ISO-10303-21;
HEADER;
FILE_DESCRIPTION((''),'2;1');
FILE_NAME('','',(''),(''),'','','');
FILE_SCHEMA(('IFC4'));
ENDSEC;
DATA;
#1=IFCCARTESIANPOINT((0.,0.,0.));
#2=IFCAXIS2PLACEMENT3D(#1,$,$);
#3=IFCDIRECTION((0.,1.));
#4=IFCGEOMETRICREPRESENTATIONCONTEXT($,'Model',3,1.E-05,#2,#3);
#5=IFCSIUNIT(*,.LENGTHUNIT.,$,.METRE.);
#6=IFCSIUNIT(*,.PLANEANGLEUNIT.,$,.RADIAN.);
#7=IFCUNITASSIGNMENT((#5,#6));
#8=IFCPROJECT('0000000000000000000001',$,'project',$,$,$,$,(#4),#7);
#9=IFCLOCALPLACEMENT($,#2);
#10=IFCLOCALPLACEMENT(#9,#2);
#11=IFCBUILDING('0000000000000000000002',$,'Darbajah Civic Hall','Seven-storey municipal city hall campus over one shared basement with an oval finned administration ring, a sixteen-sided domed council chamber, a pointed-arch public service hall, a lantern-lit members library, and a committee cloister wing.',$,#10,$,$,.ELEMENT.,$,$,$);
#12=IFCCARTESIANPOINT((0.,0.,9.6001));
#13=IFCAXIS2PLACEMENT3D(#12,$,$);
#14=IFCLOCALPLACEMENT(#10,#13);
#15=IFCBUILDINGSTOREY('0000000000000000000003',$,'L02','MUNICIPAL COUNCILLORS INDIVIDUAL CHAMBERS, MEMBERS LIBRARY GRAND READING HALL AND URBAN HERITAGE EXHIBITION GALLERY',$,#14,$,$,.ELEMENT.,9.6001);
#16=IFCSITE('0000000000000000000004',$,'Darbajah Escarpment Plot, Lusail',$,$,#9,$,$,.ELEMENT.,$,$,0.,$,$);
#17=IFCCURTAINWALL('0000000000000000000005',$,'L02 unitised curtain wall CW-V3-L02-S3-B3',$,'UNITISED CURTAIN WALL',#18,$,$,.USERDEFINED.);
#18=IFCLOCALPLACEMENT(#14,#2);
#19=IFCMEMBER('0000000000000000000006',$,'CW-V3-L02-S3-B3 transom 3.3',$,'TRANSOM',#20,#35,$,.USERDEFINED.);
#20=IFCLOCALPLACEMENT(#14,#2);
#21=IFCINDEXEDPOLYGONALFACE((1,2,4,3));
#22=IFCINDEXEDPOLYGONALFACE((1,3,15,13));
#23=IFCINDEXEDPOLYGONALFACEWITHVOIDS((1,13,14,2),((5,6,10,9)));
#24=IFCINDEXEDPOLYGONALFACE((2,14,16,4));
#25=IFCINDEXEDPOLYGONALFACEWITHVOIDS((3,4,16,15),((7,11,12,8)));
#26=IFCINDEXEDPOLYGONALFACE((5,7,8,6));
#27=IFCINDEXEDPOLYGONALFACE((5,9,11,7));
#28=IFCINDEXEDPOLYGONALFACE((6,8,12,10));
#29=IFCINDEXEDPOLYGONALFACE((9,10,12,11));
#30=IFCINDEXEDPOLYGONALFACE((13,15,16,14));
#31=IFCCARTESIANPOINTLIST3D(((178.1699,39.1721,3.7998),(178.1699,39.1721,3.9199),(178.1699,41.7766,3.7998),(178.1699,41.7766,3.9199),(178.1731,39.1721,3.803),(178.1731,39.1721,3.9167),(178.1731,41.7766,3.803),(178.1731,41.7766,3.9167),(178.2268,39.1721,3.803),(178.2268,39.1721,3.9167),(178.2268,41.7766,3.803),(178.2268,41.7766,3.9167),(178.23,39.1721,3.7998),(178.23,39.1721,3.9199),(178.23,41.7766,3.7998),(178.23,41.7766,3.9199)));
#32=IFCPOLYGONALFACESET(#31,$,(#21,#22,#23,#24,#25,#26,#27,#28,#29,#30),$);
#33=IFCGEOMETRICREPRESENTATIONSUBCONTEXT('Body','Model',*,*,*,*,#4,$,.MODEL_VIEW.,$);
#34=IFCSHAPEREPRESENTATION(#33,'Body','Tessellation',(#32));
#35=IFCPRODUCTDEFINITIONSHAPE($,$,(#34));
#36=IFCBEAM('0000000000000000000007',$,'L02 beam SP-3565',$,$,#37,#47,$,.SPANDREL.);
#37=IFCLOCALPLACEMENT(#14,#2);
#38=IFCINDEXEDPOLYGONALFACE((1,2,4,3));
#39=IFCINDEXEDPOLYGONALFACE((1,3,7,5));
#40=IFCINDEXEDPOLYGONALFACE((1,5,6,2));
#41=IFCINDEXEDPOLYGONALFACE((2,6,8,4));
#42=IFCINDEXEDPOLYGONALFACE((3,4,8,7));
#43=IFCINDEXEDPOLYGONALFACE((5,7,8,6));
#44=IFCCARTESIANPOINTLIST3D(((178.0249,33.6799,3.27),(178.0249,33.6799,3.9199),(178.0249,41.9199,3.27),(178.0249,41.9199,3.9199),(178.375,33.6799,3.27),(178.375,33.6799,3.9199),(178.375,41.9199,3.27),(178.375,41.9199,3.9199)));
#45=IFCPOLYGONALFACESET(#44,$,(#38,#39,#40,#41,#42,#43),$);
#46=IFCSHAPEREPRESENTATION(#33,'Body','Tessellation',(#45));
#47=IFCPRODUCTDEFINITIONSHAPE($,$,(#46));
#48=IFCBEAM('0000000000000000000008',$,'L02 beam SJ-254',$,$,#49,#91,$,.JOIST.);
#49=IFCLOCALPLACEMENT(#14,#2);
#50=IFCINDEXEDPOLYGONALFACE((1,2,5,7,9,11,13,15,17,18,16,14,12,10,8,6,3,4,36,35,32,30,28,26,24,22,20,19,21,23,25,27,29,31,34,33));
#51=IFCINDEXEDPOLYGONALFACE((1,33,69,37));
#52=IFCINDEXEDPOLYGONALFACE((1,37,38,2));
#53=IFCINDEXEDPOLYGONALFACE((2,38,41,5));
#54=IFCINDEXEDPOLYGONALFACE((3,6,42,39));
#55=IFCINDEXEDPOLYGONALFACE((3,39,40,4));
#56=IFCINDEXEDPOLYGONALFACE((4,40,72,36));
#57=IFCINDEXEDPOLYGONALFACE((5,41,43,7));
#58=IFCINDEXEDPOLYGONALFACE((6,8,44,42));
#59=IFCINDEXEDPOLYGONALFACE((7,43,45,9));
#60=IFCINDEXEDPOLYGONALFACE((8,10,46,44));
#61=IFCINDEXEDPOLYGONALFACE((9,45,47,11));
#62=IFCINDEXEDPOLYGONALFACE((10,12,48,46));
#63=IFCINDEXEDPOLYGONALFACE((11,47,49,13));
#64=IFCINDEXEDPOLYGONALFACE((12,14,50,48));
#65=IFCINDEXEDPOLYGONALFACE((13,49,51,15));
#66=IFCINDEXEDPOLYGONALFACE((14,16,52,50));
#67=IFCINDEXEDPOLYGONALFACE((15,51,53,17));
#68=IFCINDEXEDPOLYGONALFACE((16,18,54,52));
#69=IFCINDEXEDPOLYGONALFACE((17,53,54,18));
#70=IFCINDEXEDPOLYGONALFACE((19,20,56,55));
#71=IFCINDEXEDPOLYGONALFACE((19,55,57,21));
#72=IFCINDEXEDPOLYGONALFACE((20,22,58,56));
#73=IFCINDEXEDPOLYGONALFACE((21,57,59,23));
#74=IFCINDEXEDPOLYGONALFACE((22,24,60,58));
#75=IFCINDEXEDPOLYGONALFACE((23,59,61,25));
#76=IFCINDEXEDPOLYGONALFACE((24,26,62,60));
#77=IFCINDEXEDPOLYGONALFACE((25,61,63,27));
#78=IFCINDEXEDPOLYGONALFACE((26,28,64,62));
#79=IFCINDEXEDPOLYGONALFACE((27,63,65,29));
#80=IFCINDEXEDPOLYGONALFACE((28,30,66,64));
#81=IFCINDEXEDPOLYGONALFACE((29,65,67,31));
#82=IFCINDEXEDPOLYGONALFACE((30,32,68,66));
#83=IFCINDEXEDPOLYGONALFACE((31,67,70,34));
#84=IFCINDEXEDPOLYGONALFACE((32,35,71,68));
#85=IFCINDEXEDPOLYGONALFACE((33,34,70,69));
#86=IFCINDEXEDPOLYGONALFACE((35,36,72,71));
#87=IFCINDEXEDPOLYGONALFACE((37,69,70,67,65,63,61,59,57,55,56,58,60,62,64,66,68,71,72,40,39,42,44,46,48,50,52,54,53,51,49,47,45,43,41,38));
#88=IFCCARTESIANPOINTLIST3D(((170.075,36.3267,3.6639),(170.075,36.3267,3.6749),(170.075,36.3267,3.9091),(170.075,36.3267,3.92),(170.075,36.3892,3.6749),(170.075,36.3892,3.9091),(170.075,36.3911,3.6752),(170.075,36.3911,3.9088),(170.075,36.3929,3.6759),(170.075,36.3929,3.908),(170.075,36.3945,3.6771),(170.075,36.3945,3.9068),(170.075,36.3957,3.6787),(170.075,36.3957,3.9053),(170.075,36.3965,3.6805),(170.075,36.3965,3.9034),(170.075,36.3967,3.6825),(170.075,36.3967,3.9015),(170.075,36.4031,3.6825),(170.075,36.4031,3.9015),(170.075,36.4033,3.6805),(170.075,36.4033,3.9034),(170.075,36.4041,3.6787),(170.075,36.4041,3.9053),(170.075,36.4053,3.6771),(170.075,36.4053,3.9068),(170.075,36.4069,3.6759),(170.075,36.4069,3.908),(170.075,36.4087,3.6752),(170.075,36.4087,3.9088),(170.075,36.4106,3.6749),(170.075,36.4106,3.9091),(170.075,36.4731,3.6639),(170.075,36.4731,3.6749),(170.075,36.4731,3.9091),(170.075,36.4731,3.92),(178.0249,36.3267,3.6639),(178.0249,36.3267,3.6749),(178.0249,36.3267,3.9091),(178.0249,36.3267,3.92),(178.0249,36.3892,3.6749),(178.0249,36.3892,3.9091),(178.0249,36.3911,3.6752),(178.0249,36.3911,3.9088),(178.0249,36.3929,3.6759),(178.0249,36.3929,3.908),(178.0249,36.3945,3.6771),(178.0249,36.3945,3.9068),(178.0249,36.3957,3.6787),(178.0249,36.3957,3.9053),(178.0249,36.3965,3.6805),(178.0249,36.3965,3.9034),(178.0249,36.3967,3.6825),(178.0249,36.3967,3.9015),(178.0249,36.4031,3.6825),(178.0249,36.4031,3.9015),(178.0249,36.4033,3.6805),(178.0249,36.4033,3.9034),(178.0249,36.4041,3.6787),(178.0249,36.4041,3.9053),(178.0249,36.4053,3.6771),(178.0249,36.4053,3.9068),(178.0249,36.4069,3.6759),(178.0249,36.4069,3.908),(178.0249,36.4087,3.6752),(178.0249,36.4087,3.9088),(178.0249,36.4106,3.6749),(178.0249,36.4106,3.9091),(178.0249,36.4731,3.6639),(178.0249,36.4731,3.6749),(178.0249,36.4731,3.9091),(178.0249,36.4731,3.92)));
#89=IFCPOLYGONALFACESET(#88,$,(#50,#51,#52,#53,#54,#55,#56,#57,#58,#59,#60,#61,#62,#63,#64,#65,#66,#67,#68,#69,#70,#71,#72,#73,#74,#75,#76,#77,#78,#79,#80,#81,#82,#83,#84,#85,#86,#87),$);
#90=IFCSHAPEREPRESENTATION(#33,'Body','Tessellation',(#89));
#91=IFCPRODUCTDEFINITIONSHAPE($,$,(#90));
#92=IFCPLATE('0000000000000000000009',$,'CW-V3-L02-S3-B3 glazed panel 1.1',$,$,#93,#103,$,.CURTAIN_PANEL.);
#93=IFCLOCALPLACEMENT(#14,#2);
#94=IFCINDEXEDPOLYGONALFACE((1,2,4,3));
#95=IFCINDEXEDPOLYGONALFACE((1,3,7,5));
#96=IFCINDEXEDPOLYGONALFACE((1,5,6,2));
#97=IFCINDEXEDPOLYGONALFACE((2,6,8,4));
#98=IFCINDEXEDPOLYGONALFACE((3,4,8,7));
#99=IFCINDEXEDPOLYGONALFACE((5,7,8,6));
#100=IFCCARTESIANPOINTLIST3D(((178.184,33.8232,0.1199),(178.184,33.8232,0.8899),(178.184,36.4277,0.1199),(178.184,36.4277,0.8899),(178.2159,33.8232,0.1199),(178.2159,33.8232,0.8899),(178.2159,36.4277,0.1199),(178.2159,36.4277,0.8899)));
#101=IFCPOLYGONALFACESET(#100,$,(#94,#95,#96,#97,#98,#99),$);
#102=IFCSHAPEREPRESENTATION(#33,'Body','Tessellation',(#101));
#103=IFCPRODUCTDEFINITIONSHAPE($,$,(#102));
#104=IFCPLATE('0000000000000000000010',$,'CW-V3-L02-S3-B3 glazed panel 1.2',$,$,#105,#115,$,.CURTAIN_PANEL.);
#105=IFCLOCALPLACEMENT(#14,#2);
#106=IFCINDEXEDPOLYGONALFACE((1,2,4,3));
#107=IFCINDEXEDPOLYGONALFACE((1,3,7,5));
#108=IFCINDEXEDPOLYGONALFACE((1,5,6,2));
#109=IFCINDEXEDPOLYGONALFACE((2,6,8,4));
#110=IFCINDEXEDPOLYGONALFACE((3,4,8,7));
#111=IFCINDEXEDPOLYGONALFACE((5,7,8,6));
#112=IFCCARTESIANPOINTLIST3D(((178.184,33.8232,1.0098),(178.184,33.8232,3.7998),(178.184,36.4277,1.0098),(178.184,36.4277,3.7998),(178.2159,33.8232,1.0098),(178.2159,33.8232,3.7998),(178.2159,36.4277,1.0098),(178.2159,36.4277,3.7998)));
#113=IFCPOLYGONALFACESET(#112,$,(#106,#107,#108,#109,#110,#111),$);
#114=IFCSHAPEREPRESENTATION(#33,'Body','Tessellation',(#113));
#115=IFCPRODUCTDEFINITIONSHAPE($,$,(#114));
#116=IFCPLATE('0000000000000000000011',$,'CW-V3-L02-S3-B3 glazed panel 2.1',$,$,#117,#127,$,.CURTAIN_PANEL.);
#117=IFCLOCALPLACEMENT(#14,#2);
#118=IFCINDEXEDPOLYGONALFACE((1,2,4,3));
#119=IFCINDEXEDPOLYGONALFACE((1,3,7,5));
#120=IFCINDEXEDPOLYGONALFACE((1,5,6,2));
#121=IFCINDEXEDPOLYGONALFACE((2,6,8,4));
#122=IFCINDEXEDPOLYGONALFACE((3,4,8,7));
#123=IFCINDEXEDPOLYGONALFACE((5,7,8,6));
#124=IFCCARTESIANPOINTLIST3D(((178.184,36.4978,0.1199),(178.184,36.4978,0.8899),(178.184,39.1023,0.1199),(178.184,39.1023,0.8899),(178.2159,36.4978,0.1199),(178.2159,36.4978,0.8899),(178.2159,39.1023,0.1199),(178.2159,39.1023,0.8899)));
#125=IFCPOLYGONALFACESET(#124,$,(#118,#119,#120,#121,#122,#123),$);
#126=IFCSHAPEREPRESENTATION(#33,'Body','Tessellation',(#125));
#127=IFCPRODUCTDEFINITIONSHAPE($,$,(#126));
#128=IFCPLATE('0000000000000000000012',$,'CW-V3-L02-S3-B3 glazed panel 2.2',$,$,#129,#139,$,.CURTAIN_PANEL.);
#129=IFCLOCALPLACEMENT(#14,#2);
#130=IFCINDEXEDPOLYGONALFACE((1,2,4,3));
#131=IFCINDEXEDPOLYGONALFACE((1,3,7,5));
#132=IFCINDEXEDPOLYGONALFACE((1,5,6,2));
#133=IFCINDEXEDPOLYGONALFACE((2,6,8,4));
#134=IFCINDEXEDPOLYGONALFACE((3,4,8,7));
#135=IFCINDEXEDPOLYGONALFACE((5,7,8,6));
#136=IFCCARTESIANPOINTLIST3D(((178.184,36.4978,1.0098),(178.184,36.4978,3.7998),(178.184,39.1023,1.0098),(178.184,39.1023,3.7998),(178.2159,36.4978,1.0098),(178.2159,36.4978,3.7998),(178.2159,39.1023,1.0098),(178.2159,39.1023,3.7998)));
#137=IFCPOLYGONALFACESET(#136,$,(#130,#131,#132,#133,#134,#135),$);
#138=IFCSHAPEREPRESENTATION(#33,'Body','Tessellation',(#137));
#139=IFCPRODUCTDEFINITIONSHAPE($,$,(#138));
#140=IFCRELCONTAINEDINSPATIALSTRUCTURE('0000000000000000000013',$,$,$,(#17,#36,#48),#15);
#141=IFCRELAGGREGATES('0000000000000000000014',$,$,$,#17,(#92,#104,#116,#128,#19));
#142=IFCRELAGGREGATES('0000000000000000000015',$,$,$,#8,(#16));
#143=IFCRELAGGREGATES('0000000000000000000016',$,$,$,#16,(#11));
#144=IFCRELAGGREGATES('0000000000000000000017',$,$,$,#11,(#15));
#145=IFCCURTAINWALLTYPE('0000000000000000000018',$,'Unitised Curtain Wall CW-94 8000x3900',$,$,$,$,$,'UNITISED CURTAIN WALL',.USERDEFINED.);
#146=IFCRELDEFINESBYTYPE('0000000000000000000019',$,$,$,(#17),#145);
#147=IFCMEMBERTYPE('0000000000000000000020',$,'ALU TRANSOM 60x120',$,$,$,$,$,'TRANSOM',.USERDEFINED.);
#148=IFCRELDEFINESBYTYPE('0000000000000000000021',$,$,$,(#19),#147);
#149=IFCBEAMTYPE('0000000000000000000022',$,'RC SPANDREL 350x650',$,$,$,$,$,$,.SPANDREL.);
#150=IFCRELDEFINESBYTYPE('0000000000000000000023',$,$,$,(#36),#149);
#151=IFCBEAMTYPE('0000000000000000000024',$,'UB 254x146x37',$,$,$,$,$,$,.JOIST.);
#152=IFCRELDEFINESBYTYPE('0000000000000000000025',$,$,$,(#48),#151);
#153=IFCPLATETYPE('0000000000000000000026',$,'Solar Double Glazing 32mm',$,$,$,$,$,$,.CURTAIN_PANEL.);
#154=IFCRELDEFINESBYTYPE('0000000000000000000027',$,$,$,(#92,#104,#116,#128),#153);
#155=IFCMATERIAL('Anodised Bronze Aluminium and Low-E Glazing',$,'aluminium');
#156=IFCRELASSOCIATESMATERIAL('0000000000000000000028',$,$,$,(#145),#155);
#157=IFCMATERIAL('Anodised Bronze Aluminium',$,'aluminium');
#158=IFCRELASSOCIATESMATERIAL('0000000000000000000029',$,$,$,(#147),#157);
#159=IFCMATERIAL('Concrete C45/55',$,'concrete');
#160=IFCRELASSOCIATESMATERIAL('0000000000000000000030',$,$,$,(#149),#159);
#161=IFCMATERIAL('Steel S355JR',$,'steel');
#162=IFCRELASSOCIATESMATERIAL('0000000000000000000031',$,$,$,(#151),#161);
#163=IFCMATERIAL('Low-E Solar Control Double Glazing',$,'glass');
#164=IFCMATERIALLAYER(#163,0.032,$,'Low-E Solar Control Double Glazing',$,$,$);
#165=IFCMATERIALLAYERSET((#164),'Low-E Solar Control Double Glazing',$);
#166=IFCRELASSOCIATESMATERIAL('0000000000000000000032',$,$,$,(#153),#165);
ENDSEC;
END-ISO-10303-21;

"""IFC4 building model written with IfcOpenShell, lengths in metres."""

from ifc_helpers import new_model, si_unit, direction, frame, origin, origin_2d, place, context, subcontext, project, spatial, rectangle, hollow_rectangle, i_section, extrude, material, layer, layer_set, material_profile, profile_set, type_object, element, aggregate, save


model = new_model("IFC4")

# Units and contexts
model_context = context("Model", 3, precision=1e-05, world=origin(), true_north=direction((0.0, 1.0)))
body_context = subcontext(model_context, "Body", "Model", "MODEL_VIEW")
ifc_project = project(units=[si_unit("LENGTHUNIT", "METRE"), si_unit("PLANEANGLEUNIT", "RADIAN")], contexts=[model_context])

# Site, building, storey
site_placement = place(None, origin())
site = spatial("IfcSite", under=ifc_project, at=site_placement, Name="Darbajah Escarpment Plot, Lusail", CompositionType="ELEMENT", RefElevation=0.0)
building_placement = place(site_placement, origin())
building = spatial("IfcBuilding", under=site, at=building_placement, Name="Darbajah Civic Hall", Description="Seven-storey municipal city hall campus over one shared basement with an oval finned administration ring, a sixteen-sided domed council chamber, a pointed-arch public service hall, a lantern-lit members library, and a committee cloister wing.", CompositionType="ELEMENT")
storey_placement = place(building_placement, frame((0.0, 0.0, 9.6001)))
storey = spatial("IfcBuildingStorey", under=building, at=storey_placement, Name="L02", Description="MUNICIPAL COUNCILLORS INDIVIDUAL CHAMBERS, MEMBERS LIBRARY GRAND READING HALL AND URBAN HERITAGE EXHIBITION GALLERY", CompositionType="ELEMENT", Elevation=9.6001)

# Curtain wall, member
ifc_material_1 = material(Name="Anodised Bronze Aluminium and Low-E Glazing", Category="aluminium")
curtain_wall_type = type_object("IfcCurtainWallType", Name="Unitised Curtain Wall CW-94 8000x3900", ElementType="UNITISED CURTAIN WALL", PredefinedType="USERDEFINED", material=ifc_material_1)
curtain_wall_placement = place(storey_placement, origin())
curtain_wall = element("IfcCurtainWall", 1, at=curtain_wall_placement, inside=storey, type_object=curtain_wall_type, Name="L02 unitised curtain wall CW-V3-L02-S3-B3", ObjectType="UNITISED CURTAIN WALL", PredefinedType="USERDEFINED")
ifc_material_2 = material(Name="Anodised Bronze Aluminium", Category="aluminium")
ifc_material_profile_1 = material_profile(ifc_material_2, hollow_rectangle(XDim=0.0601, YDim=0.1201, WallThickness=0.0032, at=origin_2d()), Name="ALU TRANSOM 60x120")
ifc_profile_set_1 = profile_set([ifc_material_profile_1], Name="Anodised Bronze Aluminium")
member_type_1 = type_object("IfcMemberType", Name="ALU TRANSOM 60x120", ElementType="TRANSOM", PredefinedType="USERDEFINED", material=ifc_profile_set_1)
member_1_placement = place(storey_placement, frame((178.2, 39.1721, 3.8599), z_axis=(0.0, 1.0, 0.0), x_axis=(-1.0, 0.0, 0.0)))
member_1 = element("IfcMember", 2, at=member_1_placement, type_object=member_type_1, Name="CW-V3-L02-S3-B3 transom 3.3", ObjectType="TRANSOM", PredefinedType="USERDEFINED", context=body_context, shape_type="SweptSolid", body=[
    extrude(hollow_rectangle(XDim=0.0601, YDim=0.1201, WallThickness=0.0032, at=origin_2d()), origin(), (0.0, 0.0, 1.0), 2.6045),
])

# Beams
ifc_material_3 = material(Name="Concrete C45/55", Category="concrete")
ifc_material_profile_2 = material_profile(ifc_material_3, rectangle(XDim=0.3501, YDim=0.6499, at=origin_2d()), Name="RC SPANDREL 350x650")
ifc_profile_set_2 = profile_set([ifc_material_profile_2], Name="Concrete C45/55")
beam_type_1 = type_object("IfcBeamType", Name="RC SPANDREL 350x650", PredefinedType="SPANDREL", material=ifc_profile_set_2)
beam_1_placement = place(storey_placement, frame((178.2, 33.6799, 3.595), z_axis=(0.0, 1.0, 0.0), x_axis=(-1.0, 0.0, 0.0)))
element("IfcBeam", 3, at=beam_1_placement, inside=storey, type_object=beam_type_1, Name="L02 beam SP-3565", PredefinedType="SPANDREL", context=body_context, shape_type="SweptSolid", body=[
    extrude(rectangle(XDim=0.3501, YDim=0.6499, at=origin_2d()), origin(), (0.0, 0.0, 1.0), 8.24),
])
ifc_material_4 = material(Name="Steel S355JR", Category="steel")
ifc_material_profile_3 = material_profile(ifc_material_4, i_section(OverallWidth=0.1465, OverallDepth=0.2561, WebThickness=0.0063, FlangeThickness=0.011, FilletRadius=0.0076, at=origin_2d()), Name="UB 254x146x37")
ifc_profile_set_3 = profile_set([ifc_material_profile_3], Name="Steel S355JR")
beam_type_2 = type_object("IfcBeamType", Name="UB 254x146x37", PredefinedType="JOIST", material=ifc_profile_set_3)
beam_2_placement = place(storey_placement, frame((170.075, 36.3999, 3.792), z_axis=(1.0, 0.0, 0.0), x_axis=(0.0, 1.0, 0.0)))
element("IfcBeam", 4, at=beam_2_placement, inside=storey, type_object=beam_type_2, Name="L02 beam SJ-254", PredefinedType="JOIST", context=body_context, shape_type="SweptSolid", body=[
    extrude(i_section(OverallWidth=0.1465, OverallDepth=0.2561, WebThickness=0.0063, FlangeThickness=0.011, FilletRadius=0.0076, at=origin_2d()), origin(), (0.0, 0.0, 1.0), 7.95),
])

# Plates
ifc_material_5 = material(Name="Low-E Solar Control Double Glazing", Category="glass")
ifc_layer = layer(ifc_material_5, 0.032, Name="Low-E Solar Control Double Glazing")
ifc_layer_set = layer_set([ifc_layer], Name="Low-E Solar Control Double Glazing")
plate_type = type_object("IfcPlateType", Name="Solar Double Glazing 32mm", PredefinedType="CURTAIN_PANEL", material=ifc_layer_set)
plate_1_placement = place(storey_placement, frame((178.2, 35.1255, 0.1199), z_axis=(0.0, 0.0, 1.0), x_axis=(0.0, 1.0, 0.0)))
plate_1 = element("IfcPlate", 5, at=plate_1_placement, type_object=plate_type, Name="CW-V3-L02-S3-B3 glazed panel 1.1", PredefinedType="CURTAIN_PANEL", context=body_context, shape_type="SweptSolid", body=[
    extrude(rectangle(XDim=2.6045, YDim=0.032, at=origin_2d()), origin(), (0.0, 0.0, 1.0), 0.77),
])
plate_2_placement = place(storey_placement, frame((178.2, 35.1255, 1.0098), z_axis=(0.0, 0.0, 1.0), x_axis=(0.0, 1.0, 0.0)))
plate_2 = element("IfcPlate", 6, at=plate_2_placement, type_object=plate_type, Name="CW-V3-L02-S3-B3 glazed panel 1.2", PredefinedType="CURTAIN_PANEL", context=body_context, shape_type="SweptSolid", body=[
    extrude(rectangle(XDim=2.6045, YDim=0.032, at=origin_2d()), origin(), (0.0, 0.0, 1.0), 2.79),
])
plate_3_placement = place(storey_placement, frame((178.2, 37.8, 0.1199), z_axis=(0.0, 0.0, 1.0), x_axis=(0.0, 1.0, 0.0)))
plate_3 = element("IfcPlate", 7, at=plate_3_placement, type_object=plate_type, Name="CW-V3-L02-S3-B3 glazed panel 2.1", PredefinedType="CURTAIN_PANEL", context=body_context, shape_type="SweptSolid", body=[
    extrude(rectangle(XDim=2.6045, YDim=0.032, at=origin_2d()), origin(), (0.0, 0.0, 1.0), 0.77),
])
plate_4_placement = place(storey_placement, frame((178.2, 37.8, 1.0098), z_axis=(0.0, 0.0, 1.0), x_axis=(0.0, 1.0, 0.0)))
plate_4 = element("IfcPlate", 8, at=plate_4_placement, type_object=plate_type, Name="CW-V3-L02-S3-B3 glazed panel 2.2", PredefinedType="CURTAIN_PANEL", context=body_context, shape_type="SweptSolid", body=[
    extrude(rectangle(XDim=2.6045, YDim=0.032, at=origin_2d()), origin(), (0.0, 0.0, 1.0), 2.79),
])
aggregate(curtain_wall, [plate_1, plate_2, plate_3, plate_4, member_1])

save(model, "model.ifc")
